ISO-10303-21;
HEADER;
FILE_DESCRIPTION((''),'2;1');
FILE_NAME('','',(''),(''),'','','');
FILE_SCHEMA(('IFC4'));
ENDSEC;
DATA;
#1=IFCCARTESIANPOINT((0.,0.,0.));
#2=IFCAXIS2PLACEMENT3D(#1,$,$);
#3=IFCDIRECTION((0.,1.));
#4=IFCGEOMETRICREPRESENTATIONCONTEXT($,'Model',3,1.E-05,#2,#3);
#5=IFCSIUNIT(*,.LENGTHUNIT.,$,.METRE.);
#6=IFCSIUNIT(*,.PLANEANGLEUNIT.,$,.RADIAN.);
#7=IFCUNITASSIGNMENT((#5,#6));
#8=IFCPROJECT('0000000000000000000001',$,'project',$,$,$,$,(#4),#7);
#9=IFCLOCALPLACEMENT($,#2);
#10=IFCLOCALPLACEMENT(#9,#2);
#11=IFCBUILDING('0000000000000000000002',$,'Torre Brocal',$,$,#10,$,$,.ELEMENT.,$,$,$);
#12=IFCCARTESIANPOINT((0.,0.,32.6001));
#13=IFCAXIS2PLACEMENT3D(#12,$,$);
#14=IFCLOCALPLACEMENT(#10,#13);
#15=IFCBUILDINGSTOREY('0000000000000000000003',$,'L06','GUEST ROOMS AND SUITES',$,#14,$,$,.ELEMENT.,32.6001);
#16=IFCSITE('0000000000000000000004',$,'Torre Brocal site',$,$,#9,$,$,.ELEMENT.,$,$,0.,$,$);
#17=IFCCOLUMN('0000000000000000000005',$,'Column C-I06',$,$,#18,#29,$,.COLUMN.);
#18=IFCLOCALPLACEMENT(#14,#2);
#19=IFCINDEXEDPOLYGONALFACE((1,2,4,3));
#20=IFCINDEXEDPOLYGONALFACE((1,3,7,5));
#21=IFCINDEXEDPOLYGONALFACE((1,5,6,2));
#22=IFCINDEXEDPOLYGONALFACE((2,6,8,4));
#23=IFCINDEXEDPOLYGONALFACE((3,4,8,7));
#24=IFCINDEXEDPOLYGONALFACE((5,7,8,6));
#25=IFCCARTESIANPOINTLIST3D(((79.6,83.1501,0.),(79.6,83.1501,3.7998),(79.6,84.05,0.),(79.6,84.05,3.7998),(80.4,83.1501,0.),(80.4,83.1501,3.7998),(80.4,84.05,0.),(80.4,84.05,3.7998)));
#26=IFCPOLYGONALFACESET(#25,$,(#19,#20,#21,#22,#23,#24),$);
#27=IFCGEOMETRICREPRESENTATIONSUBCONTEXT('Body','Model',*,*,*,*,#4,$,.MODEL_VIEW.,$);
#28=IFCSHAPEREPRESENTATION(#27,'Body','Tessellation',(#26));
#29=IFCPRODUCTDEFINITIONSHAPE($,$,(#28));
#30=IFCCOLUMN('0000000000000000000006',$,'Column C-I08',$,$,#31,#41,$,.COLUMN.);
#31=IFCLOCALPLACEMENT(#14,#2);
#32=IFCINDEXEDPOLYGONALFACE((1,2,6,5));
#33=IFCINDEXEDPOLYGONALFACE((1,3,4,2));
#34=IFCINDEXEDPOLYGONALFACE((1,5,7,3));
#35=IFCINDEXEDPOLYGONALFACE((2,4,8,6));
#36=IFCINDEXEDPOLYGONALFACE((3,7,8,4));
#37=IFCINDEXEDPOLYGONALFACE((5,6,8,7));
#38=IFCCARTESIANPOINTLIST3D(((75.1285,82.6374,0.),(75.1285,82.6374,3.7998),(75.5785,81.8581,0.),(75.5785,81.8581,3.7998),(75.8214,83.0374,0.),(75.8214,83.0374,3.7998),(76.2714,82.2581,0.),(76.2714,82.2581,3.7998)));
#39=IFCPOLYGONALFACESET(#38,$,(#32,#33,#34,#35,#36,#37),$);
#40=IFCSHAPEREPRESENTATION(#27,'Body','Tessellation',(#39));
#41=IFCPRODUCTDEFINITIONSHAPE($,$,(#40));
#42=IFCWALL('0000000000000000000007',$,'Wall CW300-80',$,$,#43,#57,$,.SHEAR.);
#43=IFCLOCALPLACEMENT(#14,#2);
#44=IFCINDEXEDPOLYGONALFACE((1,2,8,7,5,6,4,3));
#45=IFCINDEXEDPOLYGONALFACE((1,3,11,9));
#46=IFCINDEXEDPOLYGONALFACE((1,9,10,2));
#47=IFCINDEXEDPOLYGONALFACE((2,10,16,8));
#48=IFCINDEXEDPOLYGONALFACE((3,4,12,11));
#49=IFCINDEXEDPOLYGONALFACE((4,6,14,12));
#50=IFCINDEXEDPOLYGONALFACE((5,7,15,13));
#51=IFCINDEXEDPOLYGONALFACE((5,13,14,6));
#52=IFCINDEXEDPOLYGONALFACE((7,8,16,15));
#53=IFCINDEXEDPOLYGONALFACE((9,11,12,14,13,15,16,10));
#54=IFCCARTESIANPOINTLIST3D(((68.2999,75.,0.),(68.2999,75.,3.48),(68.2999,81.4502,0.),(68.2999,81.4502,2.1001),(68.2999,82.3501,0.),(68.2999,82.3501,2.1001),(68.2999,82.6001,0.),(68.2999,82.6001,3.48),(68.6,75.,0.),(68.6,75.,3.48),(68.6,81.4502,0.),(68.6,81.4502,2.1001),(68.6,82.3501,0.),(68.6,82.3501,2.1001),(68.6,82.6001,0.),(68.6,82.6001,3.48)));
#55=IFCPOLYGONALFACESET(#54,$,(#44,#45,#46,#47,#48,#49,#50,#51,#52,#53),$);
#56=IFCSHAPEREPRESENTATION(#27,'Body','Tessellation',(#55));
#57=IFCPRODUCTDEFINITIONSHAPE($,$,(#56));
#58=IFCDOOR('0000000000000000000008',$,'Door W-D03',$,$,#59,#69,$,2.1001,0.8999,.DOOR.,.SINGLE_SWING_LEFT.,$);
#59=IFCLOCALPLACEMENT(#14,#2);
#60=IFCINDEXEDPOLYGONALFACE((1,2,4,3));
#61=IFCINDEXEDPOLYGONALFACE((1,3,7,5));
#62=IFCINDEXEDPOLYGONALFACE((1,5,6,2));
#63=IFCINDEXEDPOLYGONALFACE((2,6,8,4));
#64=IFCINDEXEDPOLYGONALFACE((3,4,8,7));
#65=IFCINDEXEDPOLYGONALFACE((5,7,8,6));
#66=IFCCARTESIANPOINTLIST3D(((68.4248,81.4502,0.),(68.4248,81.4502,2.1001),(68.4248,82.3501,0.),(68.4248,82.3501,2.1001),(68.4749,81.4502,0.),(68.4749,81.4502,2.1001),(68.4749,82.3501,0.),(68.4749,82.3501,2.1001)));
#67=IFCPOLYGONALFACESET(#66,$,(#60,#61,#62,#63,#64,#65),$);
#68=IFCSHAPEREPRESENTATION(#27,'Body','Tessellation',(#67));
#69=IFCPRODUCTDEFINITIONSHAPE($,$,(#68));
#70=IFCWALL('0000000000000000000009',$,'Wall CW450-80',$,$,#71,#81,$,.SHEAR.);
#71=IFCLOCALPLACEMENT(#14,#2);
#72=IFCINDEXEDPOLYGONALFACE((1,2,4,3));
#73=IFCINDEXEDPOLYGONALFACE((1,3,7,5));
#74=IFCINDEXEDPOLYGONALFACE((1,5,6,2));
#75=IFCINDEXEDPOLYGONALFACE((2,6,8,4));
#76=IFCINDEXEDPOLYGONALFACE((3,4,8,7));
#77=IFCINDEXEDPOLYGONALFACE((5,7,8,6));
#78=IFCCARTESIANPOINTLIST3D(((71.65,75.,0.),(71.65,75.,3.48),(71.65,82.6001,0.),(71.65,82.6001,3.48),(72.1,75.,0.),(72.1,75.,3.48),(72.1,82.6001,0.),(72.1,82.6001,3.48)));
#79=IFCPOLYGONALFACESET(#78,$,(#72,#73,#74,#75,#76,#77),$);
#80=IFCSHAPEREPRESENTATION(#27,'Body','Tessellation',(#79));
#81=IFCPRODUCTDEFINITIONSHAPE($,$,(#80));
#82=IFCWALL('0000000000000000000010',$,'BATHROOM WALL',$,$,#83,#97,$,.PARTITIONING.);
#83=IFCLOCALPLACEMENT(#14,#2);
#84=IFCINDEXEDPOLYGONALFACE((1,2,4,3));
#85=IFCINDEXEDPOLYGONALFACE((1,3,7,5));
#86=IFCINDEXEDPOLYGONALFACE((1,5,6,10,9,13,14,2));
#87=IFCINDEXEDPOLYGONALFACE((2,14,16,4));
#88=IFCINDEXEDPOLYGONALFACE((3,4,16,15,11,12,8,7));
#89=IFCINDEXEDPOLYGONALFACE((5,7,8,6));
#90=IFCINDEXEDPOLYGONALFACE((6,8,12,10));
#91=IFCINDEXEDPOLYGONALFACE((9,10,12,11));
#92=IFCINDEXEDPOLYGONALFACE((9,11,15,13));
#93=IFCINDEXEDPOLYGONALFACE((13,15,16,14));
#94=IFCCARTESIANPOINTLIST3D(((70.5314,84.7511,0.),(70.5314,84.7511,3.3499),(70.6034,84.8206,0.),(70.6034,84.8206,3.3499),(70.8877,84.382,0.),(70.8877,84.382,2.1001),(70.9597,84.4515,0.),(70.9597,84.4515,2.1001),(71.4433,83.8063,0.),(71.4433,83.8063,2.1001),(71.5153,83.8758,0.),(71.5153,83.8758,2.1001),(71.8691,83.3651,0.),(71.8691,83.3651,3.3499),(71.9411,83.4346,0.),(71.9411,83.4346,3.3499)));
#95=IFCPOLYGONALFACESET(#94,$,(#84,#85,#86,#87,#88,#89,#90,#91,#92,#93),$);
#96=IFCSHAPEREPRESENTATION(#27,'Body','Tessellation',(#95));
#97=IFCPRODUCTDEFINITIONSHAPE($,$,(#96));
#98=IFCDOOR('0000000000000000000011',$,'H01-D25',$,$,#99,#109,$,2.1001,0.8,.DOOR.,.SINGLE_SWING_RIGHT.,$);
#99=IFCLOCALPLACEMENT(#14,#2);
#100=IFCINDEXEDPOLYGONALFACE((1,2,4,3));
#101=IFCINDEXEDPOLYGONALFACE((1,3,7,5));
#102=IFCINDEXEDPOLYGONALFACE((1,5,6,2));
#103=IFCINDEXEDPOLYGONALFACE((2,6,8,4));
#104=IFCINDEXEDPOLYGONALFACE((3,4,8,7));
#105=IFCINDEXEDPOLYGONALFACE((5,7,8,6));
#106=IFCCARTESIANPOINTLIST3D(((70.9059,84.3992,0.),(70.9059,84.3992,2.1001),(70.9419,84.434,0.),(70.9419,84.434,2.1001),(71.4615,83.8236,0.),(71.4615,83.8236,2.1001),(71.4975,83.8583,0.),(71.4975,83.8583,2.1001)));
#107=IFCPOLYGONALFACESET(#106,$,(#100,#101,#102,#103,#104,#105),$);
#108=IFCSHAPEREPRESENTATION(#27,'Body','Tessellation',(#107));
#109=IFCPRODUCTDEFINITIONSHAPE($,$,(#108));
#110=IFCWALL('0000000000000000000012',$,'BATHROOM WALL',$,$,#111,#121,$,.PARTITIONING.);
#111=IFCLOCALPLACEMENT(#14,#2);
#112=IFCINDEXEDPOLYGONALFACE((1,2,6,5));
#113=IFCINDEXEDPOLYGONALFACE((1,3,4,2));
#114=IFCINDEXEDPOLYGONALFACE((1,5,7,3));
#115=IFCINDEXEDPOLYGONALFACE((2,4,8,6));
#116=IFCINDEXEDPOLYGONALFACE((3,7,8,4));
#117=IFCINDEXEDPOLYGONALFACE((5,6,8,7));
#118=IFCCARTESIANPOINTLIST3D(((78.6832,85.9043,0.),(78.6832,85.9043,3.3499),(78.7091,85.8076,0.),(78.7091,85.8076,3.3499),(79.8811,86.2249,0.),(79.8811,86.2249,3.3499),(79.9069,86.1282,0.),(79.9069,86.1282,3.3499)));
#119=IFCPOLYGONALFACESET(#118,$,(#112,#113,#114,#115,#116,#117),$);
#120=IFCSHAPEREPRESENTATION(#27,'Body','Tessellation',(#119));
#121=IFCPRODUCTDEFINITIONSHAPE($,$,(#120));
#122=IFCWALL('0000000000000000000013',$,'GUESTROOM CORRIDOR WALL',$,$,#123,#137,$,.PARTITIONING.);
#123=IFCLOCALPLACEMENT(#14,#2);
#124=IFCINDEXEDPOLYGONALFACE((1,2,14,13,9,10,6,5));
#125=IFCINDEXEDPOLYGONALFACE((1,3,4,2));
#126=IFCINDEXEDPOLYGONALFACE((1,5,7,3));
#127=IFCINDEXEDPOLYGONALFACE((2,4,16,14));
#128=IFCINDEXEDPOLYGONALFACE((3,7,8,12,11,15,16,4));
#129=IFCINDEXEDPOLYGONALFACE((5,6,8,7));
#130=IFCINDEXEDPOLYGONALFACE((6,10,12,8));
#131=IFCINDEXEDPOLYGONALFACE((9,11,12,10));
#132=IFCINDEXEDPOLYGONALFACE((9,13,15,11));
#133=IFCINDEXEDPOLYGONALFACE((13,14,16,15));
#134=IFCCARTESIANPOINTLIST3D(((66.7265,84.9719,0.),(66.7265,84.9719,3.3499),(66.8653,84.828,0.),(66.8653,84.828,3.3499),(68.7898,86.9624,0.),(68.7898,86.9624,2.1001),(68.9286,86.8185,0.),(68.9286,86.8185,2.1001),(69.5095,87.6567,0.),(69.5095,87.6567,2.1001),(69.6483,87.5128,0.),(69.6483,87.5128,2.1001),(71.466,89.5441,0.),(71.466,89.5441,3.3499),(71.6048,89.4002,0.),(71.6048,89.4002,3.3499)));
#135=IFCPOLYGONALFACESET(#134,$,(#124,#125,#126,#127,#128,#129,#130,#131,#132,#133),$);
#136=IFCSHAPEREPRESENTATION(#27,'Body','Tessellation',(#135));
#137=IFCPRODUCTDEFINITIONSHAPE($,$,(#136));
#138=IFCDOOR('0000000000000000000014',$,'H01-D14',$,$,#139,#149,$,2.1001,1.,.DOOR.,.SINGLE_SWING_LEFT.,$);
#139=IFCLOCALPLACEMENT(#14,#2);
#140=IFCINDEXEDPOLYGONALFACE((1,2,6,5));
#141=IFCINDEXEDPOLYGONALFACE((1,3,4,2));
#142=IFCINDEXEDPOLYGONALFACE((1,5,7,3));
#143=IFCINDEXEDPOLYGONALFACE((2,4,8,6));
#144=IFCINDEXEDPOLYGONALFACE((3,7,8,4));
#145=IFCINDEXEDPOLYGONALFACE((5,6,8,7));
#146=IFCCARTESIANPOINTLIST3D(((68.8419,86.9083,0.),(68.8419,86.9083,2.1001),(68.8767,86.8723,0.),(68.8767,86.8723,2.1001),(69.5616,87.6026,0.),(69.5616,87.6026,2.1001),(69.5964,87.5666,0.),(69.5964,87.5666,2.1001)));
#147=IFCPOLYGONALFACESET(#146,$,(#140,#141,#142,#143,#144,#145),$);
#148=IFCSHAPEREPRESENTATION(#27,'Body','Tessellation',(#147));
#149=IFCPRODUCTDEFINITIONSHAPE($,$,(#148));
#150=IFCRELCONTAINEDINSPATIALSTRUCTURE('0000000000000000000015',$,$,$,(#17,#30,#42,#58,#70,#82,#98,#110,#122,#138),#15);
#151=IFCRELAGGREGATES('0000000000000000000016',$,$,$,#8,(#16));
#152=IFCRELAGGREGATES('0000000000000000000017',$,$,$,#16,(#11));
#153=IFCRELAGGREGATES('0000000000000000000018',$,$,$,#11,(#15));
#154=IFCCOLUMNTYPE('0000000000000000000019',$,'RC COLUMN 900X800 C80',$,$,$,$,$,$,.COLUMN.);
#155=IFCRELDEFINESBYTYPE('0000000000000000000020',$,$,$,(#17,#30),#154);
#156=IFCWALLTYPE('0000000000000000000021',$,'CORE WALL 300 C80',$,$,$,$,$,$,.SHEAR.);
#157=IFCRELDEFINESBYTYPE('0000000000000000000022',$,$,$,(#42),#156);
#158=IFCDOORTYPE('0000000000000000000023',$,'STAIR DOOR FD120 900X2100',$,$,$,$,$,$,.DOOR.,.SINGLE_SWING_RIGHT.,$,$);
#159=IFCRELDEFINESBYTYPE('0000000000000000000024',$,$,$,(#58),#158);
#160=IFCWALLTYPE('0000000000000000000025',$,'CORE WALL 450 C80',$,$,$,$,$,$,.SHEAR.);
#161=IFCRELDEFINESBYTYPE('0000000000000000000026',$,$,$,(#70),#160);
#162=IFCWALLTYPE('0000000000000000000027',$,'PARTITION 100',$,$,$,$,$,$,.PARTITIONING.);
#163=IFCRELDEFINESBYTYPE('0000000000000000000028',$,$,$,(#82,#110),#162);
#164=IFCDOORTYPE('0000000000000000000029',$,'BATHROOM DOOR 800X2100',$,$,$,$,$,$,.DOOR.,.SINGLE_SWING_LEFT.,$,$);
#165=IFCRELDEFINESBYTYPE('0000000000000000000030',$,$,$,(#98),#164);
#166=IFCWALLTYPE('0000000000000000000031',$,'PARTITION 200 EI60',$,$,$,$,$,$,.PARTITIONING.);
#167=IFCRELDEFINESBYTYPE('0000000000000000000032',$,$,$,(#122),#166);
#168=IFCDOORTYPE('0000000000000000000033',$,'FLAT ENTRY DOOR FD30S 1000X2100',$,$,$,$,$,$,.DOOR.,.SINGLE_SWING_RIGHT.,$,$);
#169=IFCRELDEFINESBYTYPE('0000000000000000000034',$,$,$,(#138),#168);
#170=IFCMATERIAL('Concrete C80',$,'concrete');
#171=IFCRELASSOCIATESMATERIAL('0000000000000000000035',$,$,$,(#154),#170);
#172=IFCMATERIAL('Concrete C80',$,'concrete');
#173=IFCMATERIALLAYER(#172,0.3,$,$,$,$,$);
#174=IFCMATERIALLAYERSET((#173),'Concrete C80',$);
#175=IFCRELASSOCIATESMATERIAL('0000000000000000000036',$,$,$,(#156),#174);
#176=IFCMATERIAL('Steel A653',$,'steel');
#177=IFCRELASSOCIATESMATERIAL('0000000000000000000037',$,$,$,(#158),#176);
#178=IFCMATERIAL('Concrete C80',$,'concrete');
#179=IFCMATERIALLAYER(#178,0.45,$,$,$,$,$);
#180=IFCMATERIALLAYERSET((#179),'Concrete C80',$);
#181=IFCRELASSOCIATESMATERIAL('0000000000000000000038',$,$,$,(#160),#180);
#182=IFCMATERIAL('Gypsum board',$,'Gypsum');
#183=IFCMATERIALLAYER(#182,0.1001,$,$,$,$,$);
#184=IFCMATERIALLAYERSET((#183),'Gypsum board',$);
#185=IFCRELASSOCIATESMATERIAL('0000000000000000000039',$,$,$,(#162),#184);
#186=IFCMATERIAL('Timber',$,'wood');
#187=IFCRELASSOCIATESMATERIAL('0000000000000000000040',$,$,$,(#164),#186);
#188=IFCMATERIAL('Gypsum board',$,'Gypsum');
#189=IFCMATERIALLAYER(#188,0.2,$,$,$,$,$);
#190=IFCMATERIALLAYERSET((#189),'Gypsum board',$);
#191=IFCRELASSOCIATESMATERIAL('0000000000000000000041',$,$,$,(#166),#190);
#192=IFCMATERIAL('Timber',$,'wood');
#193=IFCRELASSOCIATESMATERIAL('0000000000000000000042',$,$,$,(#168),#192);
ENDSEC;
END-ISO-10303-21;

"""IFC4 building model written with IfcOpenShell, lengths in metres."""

from ifc_helpers import new_model, si_unit, direction, frame, frame_2d, origin, origin_2d, place, context, subcontext, project, spatial, rectangle, extrude, material, layer, layer_set, material_profile, profile_set, type_object, element, fill, save


model = new_model("IFC4")

# Units and contexts
model_context = context("Model", 3, precision=1e-05, world=origin(), true_north=direction((0.0, 1.0)))
body_context = subcontext(model_context, "Body", "Model", "MODEL_VIEW")
ifc_project = project(units=[si_unit("LENGTHUNIT", "METRE"), si_unit("PLANEANGLEUNIT", "RADIAN")], contexts=[model_context])

# Site, building, storey
site_placement = place(None, origin())
site = spatial("IfcSite", under=ifc_project, at=site_placement, Name="Torre Brocal site", CompositionType="ELEMENT", RefElevation=0.0)
building_placement = place(site_placement, origin())
building = spatial("IfcBuilding", under=site, at=building_placement, Name="Torre Brocal", CompositionType="ELEMENT")
storey_placement = place(building_placement, frame((0.0, 0.0, 32.6001)))
storey = spatial("IfcBuildingStorey", under=building, at=storey_placement, Name="L06", Description="GUEST ROOMS AND SUITES", CompositionType="ELEMENT", Elevation=32.6001)

# Columns
ifc_material_1 = material(Name="Concrete C80", Category="concrete")
ifc_material_profile = material_profile(ifc_material_1, rectangle(XDim=0.8999, YDim=0.8, at=origin_2d()), Name="RC 900X800")
ifc_profile_set = profile_set([ifc_material_profile], Name="Concrete C80")
column_type = type_object("IfcColumnType", Name="RC COLUMN 900X800 C80", PredefinedType="COLUMN", material=ifc_profile_set)
for number, where, z_axis, x_axis, name in (
    (1, (80.0, 83.6001, 0.0), (0.0, 0.0, 1.0), (0.0, 1.0, 0.0), "Column C-I06"),
    (2, (75.7, 82.4478, 0.0), (0.0, 0.0, 1.0), (-0.5, 0.866025, 0.0), "Column C-I08"),
):
    element("IfcColumn", number, at=place(storey_placement, frame(where, z_axis=z_axis, x_axis=x_axis)), inside=storey, type_object=column_type, Name=name, PredefinedType="COLUMN", context=body_context, shape_type="SweptSolid", body=[
        extrude(rectangle(XDim=0.8999, YDim=0.8, at=origin_2d()), origin(), (0.0, 0.0, 1.0), 3.7998),
    ])

# Wall, opening, door
ifc_material_2 = material(Name="Concrete C80", Category="concrete")
ifc_layer_1 = layer(ifc_material_2, 0.3)
ifc_layer_set_1 = layer_set([ifc_layer_1], Name="Concrete C80")
wall_type_1 = type_object("IfcWallType", Name="CORE WALL 300 C80", PredefinedType="SHEAR", material=ifc_layer_set_1)
wall_1_placement = place(storey_placement, frame((68.45, 82.6001, 0.0), z_axis=(0.0, 0.0, 1.0), x_axis=(0.0, -1.0, 0.0)))
wall_1 = element("IfcWall", 3, at=wall_1_placement, inside=storey, type_object=wall_type_1, Name="Wall CW300-80", PredefinedType="SHEAR", context=body_context, shape_type="SweptSolid", body=[
    extrude(rectangle(XDim=7.6001, YDim=0.3, at=frame_2d((3.8, 0.0))), origin(), (0.0, 0.0, 1.0), 3.48),
])
opening_1_placement = place(wall_1_placement, frame((0.25, 0.0, 0.0)))
opening_1 = element("IfcOpeningElement", 4, at=opening_1_placement, cuts=wall_1, PredefinedType="OPENING", context=body_context, shape_type="SweptSolid", body=[
    extrude(rectangle(XDim=0.8999, YDim=2.1001, at=frame_2d((0.45, 1.05))), frame((0.0, 0.1599, 0.0), z_axis=(0.0, -1.0, 0.0), x_axis=(1.0, 0.0, 0.0)), (0.0, 0.0, 1.0), 0.3201),
])
ifc_material_3 = material(Name="Steel A653", Category="steel")
door_type_1 = type_object("IfcDoorType", Name="STAIR DOOR FD120 900X2100", OperationType="SINGLE_SWING_RIGHT", PredefinedType="DOOR", material=ifc_material_3)
door_1_placement = place(opening_1_placement, origin())
door_1 = element("IfcDoor", 5, at=door_1_placement, inside=storey, type_object=door_type_1, Name="Door W-D03", OperationType="SINGLE_SWING_LEFT", OverallHeight=2.1001, OverallWidth=0.8999, PredefinedType="DOOR", context=body_context, shape_type="SweptSolid", body=[
    extrude(rectangle(XDim=0.8999, YDim=2.1001, at=frame_2d((0.45, 1.05))), frame((0.0, 0.0249, 0.0), z_axis=(0.0, -1.0, 0.0), x_axis=(1.0, 0.0, 0.0)), (0.0, 0.0, 1.0), 0.05),
])
fill(opening_1, door_1)

# Wall
ifc_material_4 = material(Name="Concrete C80", Category="concrete")
ifc_layer_2 = layer(ifc_material_4, 0.45)
ifc_layer_set_2 = layer_set([ifc_layer_2], Name="Concrete C80")
wall_type_2 = type_object("IfcWallType", Name="CORE WALL 450 C80", PredefinedType="SHEAR", material=ifc_layer_set_2)
wall_2_placement = place(storey_placement, frame((71.875, 82.6001, 0.0), z_axis=(0.0, 0.0, 1.0), x_axis=(0.0, -1.0, 0.0)))
element("IfcWall", 6, at=wall_2_placement, inside=storey, type_object=wall_type_2, Name="Wall CW450-80", PredefinedType="SHEAR", context=body_context, shape_type="SweptSolid", body=[
    extrude(rectangle(XDim=7.6001, YDim=0.45, at=frame_2d((3.8, 0.0))), origin(), (0.0, 0.0, 1.0), 3.48),
])

# Wall, opening, door
ifc_material_5 = material(Name="Gypsum board", Category="Gypsum")
ifc_layer_3 = layer(ifc_material_5, 0.1001)
ifc_layer_set_3 = layer_set([ifc_layer_3], Name="Gypsum board")
wall_type_3 = type_object("IfcWallType", Name="PARTITION 100", PredefinedType="PARTITIONING", material=ifc_layer_set_3)
wall_3_placement = place(storey_placement, frame((70.5674, 84.7859, 0.0), z_axis=(0.0, 0.0, 1.0), x_axis=(0.694447, -0.719543, 0.0)))
wall_3 = element("IfcWall", 7, at=wall_3_placement, inside=storey, type_object=wall_type_3, Name="BATHROOM WALL", PredefinedType="PARTITIONING", context=body_context, shape_type="SweptSolid", body=[
    extrude(rectangle(XDim=1.9263, YDim=0.1001, at=frame_2d((0.9631, 0.0))), origin(), (0.0, 0.0, 1.0), 3.3499),
])
opening_2_placement = place(wall_3_placement, frame((0.5132, 0.0, 0.0)))
opening_2 = element("IfcOpeningElement", 8, at=opening_2_placement, cuts=wall_3, PredefinedType="OPENING", context=body_context, shape_type="SweptSolid", body=[
    extrude(rectangle(XDim=0.8, YDim=2.1001, at=frame_2d((0.3999, 1.05))), frame((0.0, 0.0601, 0.0), z_axis=(0.0, -1.0, 0.0), x_axis=(1.0, 0.0, 0.0)), (0.0, 0.0, 1.0), 0.1201),
])
ifc_material_6 = material(Name="Timber", Category="wood")
door_type_2 = type_object("IfcDoorType", Name="BATHROOM DOOR 800X2100", OperationType="SINGLE_SWING_LEFT", PredefinedType="DOOR", material=ifc_material_6)
door_2_placement = place(opening_2_placement, frame((0.8, 0.0, 0.0), z_axis=(0.0, 0.0, 1.0), x_axis=(-1.0, 0.0, 0.0)))
door_2 = element("IfcDoor", 9, at=door_2_placement, inside=storey, type_object=door_type_2, Name="H01-D25", OperationType="SINGLE_SWING_RIGHT", OverallHeight=2.1001, OverallWidth=0.8, PredefinedType="DOOR", context=body_context, shape_type="SweptSolid", body=[
    extrude(rectangle(XDim=0.8, YDim=2.1001, at=frame_2d((0.3999, 1.05))), frame((0.0, 0.0249, 0.0), z_axis=(0.0, -1.0, 0.0), x_axis=(1.0, 0.0, 0.0)), (0.0, 0.0, 1.0), 0.05),
])
fill(opening_2, door_2)

# Wall
wall_4_placement = place(storey_placement, frame((78.696, 85.856, 0.0), z_axis=(0.0, 0.0, 1.0), x_axis=(0.966003, 0.258533, 0.0)))
element("IfcWall", 10, at=wall_4_placement, inside=storey, type_object=wall_type_3, Name="BATHROOM WALL", PredefinedType="PARTITIONING", context=body_context, shape_type="SweptSolid", body=[
    extrude(rectangle(XDim=1.24, YDim=0.1001, at=frame_2d((0.6201, 0.0))), origin(), (0.0, 0.0, 1.0), 3.3499),
])

# Wall, opening, door
ifc_material_7 = material(Name="Gypsum board", Category="Gypsum")
ifc_layer_4 = layer(ifc_material_7, 0.2)
ifc_layer_set_4 = layer_set([ifc_layer_4], Name="Gypsum board")
wall_type_4 = type_object("IfcWallType", Name="PARTITION 200 EI60", PredefinedType="PARTITIONING", material=ifc_layer_set_4)
wall_5_placement = place(storey_placement, frame((66.7959, 84.8999, 0.0), z_axis=(0.0, 0.0, 1.0), x_axis=(0.71969, 0.694295, 0.0)))
wall_5 = element("IfcWall", 11, at=wall_5_placement, inside=storey, type_object=wall_type_4, Name="GUESTROOM CORRIDOR WALL", PredefinedType="PARTITIONING", context=body_context, shape_type="SweptSolid", body=[
    extrude(rectangle(XDim=6.5854, YDim=0.2, at=frame_2d((3.2927, 0.0))), origin(), (0.0, 0.0, 1.0), 3.3499),
])
opening_3_placement = place(wall_5_placement, frame((2.8669, 0.0, 0.0)))
opening_3 = element("IfcOpeningElement", 12, at=opening_3_placement, cuts=wall_5, PredefinedType="OPENING", context=body_context, shape_type="SweptSolid", body=[
    extrude(rectangle(XDim=1.0, YDim=2.1001, at=frame_2d((0.5, 1.05))), frame((0.0, 0.1099, 0.0), z_axis=(0.0, -1.0, 0.0), x_axis=(1.0, 0.0, 0.0)), (0.0, 0.0, 1.0), 0.22),
])
ifc_material_8 = material(Name="Timber", Category="wood")
door_type_3 = type_object("IfcDoorType", Name="FLAT ENTRY DOOR FD30S 1000X2100", OperationType="SINGLE_SWING_RIGHT", PredefinedType="DOOR", material=ifc_material_8)
door_3_placement = place(opening_3_placement, origin())
door_3 = element("IfcDoor", 13, at=door_3_placement, inside=storey, type_object=door_type_3, Name="H01-D14", OperationType="SINGLE_SWING_LEFT", OverallHeight=2.1001, OverallWidth=1.0, PredefinedType="DOOR", context=body_context, shape_type="SweptSolid", body=[
    extrude(rectangle(XDim=1.0, YDim=2.1001, at=frame_2d((0.5, 1.05))), frame((0.0, 0.0249, 0.0), z_axis=(0.0, -1.0, 0.0), x_axis=(1.0, 0.0, 0.0)), (0.0, 0.0, 1.0), 0.05),
])
fill(opening_3, door_3)

save(model, "model.ifc")
